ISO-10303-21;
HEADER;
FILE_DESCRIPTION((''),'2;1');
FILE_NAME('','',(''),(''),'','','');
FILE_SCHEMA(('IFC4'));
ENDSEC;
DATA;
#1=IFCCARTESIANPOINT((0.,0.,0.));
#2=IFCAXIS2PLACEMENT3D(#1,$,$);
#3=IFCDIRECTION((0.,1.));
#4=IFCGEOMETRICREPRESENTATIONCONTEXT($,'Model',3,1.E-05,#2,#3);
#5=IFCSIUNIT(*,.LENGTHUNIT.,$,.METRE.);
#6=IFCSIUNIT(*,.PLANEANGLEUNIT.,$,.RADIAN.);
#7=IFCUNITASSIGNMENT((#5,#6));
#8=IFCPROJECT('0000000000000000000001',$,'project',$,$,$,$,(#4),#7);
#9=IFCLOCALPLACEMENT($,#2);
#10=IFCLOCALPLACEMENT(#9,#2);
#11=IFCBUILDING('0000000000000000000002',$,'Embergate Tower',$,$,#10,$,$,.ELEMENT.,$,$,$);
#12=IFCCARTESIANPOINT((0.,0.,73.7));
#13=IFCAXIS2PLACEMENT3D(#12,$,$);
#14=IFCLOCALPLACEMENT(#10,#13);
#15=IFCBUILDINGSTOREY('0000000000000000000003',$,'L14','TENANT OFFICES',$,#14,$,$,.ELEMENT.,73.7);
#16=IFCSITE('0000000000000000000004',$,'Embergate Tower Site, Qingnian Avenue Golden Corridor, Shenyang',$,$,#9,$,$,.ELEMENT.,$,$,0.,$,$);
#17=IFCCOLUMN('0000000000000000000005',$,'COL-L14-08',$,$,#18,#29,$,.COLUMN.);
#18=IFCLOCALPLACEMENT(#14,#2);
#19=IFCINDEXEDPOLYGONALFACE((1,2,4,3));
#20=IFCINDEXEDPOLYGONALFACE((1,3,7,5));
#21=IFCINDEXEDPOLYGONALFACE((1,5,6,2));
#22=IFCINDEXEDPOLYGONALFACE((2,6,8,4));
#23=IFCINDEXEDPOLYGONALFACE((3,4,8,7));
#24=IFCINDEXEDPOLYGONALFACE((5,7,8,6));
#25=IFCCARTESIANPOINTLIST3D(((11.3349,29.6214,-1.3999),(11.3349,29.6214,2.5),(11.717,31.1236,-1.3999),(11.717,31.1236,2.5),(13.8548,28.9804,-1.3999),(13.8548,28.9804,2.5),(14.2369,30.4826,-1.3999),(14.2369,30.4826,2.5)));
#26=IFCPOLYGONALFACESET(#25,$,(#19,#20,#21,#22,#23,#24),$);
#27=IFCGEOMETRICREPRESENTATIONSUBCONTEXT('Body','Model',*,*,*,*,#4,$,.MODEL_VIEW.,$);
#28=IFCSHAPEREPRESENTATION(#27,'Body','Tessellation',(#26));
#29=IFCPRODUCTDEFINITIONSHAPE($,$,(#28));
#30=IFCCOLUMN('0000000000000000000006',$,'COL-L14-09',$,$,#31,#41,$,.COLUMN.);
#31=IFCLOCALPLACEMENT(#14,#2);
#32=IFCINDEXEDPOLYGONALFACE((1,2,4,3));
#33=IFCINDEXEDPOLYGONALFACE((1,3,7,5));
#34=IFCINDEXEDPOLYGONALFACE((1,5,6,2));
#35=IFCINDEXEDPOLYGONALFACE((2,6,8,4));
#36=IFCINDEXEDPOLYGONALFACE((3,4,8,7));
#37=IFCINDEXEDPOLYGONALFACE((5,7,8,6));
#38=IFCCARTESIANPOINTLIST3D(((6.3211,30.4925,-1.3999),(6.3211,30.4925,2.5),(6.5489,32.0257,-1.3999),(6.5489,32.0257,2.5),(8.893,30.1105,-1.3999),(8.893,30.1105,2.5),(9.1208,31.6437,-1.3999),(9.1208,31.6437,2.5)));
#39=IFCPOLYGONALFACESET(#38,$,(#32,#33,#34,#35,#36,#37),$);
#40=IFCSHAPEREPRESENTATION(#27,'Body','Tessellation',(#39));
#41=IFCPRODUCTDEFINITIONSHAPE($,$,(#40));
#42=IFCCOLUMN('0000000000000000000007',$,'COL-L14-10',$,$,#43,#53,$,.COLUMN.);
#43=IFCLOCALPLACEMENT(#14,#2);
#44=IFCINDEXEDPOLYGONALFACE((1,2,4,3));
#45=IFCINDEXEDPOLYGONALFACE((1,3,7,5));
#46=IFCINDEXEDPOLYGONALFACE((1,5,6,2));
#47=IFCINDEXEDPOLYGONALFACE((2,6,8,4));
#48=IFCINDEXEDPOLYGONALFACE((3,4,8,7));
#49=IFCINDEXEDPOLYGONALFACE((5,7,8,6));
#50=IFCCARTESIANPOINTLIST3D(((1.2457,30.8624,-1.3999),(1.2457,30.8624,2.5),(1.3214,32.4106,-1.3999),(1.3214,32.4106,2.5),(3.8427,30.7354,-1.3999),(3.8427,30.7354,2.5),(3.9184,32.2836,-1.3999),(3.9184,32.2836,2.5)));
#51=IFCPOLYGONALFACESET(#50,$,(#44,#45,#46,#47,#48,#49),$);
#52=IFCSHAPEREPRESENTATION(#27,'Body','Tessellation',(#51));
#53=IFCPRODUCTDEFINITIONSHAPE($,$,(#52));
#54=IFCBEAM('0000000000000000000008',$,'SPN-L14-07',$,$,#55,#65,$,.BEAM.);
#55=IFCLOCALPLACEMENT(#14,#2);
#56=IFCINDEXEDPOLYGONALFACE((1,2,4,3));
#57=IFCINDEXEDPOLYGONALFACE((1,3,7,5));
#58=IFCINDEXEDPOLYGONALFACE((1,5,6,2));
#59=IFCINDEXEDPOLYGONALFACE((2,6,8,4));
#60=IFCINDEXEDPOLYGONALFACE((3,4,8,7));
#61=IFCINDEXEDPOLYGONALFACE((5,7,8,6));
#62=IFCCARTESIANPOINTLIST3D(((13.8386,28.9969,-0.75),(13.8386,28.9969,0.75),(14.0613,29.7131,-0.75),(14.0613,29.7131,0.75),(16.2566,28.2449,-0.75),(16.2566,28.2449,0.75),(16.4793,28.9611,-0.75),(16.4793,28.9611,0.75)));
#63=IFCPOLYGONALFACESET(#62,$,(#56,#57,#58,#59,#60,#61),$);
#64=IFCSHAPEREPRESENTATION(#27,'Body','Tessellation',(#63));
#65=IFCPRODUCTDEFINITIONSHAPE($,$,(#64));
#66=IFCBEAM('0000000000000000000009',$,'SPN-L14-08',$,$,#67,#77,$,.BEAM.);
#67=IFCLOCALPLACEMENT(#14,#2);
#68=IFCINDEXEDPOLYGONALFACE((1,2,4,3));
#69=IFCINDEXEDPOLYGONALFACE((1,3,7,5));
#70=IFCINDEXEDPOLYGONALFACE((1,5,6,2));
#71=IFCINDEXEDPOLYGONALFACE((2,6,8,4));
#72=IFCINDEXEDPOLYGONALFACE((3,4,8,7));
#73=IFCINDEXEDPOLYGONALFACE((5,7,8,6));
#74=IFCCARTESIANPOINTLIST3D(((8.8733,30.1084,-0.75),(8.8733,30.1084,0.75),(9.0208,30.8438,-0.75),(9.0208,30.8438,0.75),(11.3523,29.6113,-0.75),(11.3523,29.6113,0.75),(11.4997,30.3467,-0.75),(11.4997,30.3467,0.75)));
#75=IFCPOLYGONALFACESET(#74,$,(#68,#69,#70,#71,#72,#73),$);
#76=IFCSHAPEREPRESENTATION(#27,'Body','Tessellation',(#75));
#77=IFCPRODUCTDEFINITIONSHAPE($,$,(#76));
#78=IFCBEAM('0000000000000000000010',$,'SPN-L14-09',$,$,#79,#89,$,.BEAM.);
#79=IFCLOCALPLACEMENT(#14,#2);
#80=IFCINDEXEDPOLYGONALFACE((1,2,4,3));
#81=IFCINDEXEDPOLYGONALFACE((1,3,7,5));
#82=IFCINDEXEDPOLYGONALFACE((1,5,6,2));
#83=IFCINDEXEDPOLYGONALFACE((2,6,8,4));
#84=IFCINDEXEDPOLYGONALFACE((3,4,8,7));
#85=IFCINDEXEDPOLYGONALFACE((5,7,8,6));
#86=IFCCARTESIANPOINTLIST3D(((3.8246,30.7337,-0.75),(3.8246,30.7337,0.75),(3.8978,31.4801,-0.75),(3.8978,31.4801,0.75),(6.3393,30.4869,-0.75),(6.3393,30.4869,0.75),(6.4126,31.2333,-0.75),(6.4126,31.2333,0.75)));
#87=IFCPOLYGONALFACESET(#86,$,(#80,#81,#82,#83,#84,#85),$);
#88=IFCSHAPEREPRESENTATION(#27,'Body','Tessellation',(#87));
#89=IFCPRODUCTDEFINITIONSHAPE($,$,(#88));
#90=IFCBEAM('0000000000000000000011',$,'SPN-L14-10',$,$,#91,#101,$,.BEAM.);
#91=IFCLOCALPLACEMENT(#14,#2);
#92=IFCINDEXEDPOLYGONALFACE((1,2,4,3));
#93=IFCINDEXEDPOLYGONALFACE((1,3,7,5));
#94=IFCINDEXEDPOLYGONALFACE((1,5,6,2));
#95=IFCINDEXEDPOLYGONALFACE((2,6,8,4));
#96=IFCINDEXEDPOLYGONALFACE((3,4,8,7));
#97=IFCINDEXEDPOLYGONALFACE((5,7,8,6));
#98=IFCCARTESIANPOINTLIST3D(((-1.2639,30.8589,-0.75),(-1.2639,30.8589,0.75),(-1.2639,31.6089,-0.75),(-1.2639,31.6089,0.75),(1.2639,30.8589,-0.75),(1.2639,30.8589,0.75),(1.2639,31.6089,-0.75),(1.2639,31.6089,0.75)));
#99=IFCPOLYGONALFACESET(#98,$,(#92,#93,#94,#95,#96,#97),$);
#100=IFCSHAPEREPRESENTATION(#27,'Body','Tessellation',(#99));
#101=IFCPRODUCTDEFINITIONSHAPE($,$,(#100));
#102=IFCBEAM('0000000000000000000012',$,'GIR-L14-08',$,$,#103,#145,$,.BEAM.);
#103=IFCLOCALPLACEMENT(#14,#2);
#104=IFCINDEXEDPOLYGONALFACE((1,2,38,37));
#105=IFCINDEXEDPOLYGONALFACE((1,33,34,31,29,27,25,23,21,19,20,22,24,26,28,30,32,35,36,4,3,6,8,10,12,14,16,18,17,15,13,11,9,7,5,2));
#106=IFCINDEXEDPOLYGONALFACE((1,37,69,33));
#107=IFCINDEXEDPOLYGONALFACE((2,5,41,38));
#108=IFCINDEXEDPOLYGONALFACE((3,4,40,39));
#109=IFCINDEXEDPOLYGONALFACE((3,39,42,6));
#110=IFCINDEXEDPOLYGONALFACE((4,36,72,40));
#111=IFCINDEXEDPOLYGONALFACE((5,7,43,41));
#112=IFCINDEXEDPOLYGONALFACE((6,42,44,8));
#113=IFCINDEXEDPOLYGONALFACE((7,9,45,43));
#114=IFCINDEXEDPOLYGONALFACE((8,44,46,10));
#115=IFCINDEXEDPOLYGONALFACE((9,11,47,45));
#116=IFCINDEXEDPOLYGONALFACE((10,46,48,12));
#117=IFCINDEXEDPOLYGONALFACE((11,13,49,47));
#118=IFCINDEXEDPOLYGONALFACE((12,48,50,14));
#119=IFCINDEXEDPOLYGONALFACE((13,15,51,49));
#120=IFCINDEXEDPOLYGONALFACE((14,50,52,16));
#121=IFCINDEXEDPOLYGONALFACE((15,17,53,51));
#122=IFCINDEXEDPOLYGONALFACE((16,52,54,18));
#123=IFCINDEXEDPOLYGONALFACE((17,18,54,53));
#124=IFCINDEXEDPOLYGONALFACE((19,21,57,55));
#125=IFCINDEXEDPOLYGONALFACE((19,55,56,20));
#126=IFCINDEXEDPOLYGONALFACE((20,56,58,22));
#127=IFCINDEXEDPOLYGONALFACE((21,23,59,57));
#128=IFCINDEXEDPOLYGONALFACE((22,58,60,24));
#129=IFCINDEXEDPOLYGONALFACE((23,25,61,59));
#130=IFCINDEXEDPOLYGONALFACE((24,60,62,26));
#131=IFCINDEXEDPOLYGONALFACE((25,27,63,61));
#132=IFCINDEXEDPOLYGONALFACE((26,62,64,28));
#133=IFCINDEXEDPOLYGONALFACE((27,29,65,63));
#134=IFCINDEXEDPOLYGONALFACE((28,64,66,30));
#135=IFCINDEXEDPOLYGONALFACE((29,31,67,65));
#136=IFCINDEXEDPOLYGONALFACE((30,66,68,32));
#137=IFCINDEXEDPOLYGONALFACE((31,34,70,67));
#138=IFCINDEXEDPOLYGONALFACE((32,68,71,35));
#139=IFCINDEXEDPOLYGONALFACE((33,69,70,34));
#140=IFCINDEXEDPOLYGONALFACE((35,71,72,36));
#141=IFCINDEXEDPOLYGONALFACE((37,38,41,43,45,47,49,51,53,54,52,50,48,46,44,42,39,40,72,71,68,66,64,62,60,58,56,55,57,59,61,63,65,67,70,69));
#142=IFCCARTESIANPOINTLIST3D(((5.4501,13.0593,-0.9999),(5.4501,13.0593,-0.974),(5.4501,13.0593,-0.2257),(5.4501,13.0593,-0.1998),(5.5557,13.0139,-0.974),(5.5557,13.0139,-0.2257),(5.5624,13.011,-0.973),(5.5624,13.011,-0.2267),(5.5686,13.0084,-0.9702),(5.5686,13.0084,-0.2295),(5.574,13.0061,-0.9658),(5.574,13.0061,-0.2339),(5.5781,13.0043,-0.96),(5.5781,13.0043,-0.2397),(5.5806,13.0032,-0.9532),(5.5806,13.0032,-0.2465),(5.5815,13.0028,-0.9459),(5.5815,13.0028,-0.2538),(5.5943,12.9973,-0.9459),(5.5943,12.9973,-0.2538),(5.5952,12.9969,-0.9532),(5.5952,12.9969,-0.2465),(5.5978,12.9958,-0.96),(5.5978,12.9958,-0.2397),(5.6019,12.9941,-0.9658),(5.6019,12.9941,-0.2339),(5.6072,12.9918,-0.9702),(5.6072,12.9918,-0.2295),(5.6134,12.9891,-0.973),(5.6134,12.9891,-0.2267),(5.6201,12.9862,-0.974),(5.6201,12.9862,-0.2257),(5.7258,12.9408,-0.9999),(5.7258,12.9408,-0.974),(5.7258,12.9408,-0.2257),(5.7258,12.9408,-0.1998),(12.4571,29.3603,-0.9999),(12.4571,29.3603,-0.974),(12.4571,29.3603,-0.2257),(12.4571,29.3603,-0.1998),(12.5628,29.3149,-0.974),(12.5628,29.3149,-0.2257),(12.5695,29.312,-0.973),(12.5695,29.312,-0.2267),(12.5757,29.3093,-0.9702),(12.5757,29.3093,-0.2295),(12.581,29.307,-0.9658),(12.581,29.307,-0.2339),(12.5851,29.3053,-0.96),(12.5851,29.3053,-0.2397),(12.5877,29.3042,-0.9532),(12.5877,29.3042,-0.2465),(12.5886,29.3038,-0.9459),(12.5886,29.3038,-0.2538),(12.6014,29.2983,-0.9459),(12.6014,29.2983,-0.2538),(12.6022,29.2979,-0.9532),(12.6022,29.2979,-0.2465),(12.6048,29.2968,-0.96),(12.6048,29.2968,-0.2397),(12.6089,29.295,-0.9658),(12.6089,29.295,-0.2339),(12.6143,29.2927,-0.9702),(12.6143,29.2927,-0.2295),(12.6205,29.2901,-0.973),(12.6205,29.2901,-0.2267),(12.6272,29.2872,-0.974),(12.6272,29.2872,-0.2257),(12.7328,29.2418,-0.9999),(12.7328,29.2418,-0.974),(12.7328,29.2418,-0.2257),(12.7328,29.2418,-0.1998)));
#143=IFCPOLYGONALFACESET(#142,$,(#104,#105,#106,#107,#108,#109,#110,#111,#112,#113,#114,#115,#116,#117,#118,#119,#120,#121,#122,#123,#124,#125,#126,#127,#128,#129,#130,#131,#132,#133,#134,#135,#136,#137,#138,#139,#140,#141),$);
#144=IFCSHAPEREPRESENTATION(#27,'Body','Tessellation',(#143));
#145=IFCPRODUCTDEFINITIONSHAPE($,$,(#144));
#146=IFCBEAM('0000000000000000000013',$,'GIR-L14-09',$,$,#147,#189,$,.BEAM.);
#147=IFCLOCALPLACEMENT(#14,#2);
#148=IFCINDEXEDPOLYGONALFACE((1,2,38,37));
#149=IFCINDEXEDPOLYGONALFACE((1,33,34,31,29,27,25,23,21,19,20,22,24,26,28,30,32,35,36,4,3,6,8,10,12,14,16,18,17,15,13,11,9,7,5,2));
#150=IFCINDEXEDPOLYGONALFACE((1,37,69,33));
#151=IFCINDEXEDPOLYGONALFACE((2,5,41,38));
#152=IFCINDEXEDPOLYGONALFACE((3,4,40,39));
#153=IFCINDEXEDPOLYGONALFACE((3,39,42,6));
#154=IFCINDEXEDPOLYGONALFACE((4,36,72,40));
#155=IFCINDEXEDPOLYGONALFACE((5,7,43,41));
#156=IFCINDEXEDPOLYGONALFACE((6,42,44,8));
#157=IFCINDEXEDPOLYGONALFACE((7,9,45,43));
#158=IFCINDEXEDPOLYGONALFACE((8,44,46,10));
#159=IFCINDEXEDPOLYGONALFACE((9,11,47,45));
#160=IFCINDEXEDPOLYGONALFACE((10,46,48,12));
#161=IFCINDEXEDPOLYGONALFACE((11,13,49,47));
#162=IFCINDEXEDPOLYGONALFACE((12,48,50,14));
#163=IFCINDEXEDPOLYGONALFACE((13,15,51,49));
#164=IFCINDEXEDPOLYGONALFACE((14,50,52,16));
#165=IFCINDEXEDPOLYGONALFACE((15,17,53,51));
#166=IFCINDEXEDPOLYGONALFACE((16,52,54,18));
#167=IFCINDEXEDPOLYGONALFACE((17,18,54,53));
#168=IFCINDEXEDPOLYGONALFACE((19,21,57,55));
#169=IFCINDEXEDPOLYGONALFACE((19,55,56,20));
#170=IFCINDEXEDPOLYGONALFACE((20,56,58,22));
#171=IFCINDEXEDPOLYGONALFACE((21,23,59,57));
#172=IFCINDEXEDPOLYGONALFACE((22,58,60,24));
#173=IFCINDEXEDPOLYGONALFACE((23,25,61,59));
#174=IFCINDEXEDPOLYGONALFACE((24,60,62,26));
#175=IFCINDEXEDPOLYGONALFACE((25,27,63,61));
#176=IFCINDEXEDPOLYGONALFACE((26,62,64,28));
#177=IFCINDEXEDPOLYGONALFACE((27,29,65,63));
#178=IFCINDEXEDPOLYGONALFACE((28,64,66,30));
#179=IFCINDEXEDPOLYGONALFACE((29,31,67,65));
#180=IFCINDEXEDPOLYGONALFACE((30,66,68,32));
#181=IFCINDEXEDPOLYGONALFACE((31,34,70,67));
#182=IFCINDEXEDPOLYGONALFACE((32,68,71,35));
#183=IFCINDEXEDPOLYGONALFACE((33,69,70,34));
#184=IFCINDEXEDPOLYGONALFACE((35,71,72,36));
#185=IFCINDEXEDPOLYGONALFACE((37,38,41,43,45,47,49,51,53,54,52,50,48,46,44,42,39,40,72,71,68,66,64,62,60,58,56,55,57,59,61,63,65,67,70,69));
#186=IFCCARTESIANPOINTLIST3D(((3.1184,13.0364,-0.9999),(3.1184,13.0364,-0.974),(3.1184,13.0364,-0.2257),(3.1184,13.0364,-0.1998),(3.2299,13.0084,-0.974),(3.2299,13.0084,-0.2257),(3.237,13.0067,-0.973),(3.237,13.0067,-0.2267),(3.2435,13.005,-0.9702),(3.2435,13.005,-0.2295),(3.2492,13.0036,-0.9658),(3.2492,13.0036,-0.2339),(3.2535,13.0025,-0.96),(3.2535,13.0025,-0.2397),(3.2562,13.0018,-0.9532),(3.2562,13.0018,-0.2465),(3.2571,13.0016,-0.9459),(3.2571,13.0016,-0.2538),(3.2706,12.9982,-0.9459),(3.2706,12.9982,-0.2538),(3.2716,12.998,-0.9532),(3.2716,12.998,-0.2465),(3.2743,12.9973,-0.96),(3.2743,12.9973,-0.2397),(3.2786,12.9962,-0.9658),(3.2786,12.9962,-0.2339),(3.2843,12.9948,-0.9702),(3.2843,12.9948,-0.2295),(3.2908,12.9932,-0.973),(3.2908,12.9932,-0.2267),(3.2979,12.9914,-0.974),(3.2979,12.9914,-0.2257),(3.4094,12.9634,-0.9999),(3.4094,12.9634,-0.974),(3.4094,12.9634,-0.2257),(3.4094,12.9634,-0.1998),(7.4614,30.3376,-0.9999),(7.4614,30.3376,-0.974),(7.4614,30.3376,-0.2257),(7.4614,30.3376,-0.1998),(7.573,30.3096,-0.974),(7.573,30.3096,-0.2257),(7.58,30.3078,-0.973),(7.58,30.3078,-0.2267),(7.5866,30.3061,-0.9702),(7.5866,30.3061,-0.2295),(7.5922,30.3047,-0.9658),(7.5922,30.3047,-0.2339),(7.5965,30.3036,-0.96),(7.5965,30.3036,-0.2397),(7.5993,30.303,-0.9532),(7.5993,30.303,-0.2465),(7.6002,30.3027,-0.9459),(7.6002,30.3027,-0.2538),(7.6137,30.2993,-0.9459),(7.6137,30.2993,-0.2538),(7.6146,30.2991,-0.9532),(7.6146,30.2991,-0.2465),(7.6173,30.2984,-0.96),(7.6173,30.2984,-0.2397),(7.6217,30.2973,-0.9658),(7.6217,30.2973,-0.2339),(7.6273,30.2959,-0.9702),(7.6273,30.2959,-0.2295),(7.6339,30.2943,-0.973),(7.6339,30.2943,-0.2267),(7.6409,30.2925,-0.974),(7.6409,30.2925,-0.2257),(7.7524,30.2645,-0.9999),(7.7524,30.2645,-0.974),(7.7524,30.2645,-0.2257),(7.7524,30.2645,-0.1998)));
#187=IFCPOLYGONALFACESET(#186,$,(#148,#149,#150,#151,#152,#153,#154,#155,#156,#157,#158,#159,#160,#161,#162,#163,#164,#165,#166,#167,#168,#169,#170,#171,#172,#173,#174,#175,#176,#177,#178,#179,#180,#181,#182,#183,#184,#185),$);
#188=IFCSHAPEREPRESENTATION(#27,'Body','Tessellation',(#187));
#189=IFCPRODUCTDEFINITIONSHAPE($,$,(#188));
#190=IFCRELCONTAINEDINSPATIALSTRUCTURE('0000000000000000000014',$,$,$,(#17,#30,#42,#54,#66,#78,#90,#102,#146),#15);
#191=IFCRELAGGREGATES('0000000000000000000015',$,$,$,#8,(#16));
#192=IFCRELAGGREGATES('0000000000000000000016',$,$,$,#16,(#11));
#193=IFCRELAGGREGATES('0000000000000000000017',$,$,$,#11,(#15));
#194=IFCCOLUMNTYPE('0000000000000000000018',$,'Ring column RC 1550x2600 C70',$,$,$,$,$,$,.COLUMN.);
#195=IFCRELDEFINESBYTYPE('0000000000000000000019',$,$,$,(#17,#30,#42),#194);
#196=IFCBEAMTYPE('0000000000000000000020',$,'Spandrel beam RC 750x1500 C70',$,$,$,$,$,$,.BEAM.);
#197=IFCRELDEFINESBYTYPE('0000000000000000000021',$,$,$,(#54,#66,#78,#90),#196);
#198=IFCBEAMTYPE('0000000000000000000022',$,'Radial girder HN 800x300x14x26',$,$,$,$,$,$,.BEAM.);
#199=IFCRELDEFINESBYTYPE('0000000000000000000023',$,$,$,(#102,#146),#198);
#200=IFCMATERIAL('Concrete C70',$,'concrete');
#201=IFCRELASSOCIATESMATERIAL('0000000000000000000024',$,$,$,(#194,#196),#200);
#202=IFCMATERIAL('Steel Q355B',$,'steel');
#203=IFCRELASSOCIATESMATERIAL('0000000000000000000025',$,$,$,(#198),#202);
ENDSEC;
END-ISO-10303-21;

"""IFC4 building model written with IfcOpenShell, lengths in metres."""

from ifc_helpers import new_model, si_unit, direction, frame, origin, origin_2d, place, context, subcontext, project, spatial, rectangle, i_section, extrude, source, transform, mapped, material, material_profile, profile_set, type_object, element, save


model = new_model("IFC4")

# Units and contexts
model_context = context("Model", 3, precision=1e-05, world=origin(), true_north=direction((0.0, 1.0)))
body_context = subcontext(model_context, "Body", "Model", "MODEL_VIEW")
ifc_project = project(units=[si_unit("LENGTHUNIT", "METRE"), si_unit("PLANEANGLEUNIT", "RADIAN")], contexts=[model_context])

# Site, building, storey
site_placement = place(None, origin())
site = spatial("IfcSite", under=ifc_project, at=site_placement, Name="Embergate Tower Site, Qingnian Avenue Golden Corridor, Shenyang", CompositionType="ELEMENT", RefElevation=0.0)
building_placement = place(site_placement, origin())
building = spatial("IfcBuilding", under=site, at=building_placement, Name="Embergate Tower", CompositionType="ELEMENT")
storey_placement = place(building_placement, frame((0.0, 0.0, 73.7)))
storey = spatial("IfcBuildingStorey", under=building, at=storey_placement, Name="L14", Description="TENANT OFFICES", CompositionType="ELEMENT", Elevation=73.7)

# Columns
ifc_material_1 = material(Name="Concrete C70", Category="concrete")
ifc_material_profile_1 = material_profile(ifc_material_1, rectangle(XDim=1.55, YDim=2.6001, at=origin_2d()), Name="RC 1550x2600")
ifc_profile_set_1 = profile_set([ifc_material_profile_1], Name="Concrete C70")
column_type = type_object("IfcColumnType", Name="Ring column RC 1550x2600 C70", PredefinedType="COLUMN", material=ifc_profile_set_1)
shared_shape_1 = source(origin(), body_context, "Body", "SweptSolid", [
    extrude(rectangle(XDim=1.55, YDim=2.6001, at=origin_2d()), origin(), (0.0, 0.0, 1.0), 3.8999),
])
for number, where, z_axis, x_axis, name in (
    (1, (12.7859, 30.052, -1.3999), (0.0, 0.0, 1.0), (0.246509, 0.969141, 0.0), "COL-L14-08"),
    (2, (7.7209, 31.0681, -1.3999), (0.0, 0.0, 1.0), (0.146929, 0.989147, 0.0), "COL-L14-09"),
    (3, (2.582, 31.573, -1.3999), (0.0, 0.0, 1.0), (0.048815, 0.998808, 0.0), "COL-L14-10"),
):
    element("IfcColumn", number, at=place(storey_placement, frame(where, z_axis=z_axis, x_axis=x_axis)), inside=storey, type_object=column_type, Name=name, PredefinedType="COLUMN", context=body_context, shape_type="MappedRepresentation", body=[
        mapped(shared_shape_1, transform((0.0, 0.0, 0.0))),
    ])

# Beams
ifc_material_profile_2 = material_profile(ifc_material_1, rectangle(XDim=0.75, YDim=1.5, at=origin_2d()), Name="RC 750x1500")
ifc_profile_set_2 = profile_set([ifc_material_profile_2], Name="Concrete C70")
beam_type_1 = type_object("IfcBeamType", Name="Spandrel beam RC 750x1500 C70", PredefinedType="BEAM", material=ifc_profile_set_2)
shared_shape_2 = source(origin(), body_context, "Body", "SweptSolid", [
    extrude(rectangle(XDim=0.75, YDim=1.5, at=origin_2d()), origin(), (0.0, 0.0, 1.0), 2.5322),
])
beam_1_placement = place(storey_placement, frame((16.3679, 28.603, 0.0), z_axis=(-0.954891, 0.296957, 0.0), x_axis=(-0.296957, -0.954891, 0.0)))
element("IfcBeam", 4, at=beam_1_placement, inside=storey, type_object=beam_type_1, Name="SPN-L14-07", PredefinedType="BEAM", context=body_context, shape_type="MappedRepresentation", body=[
    mapped(shared_shape_2, transform((0.0, 0.0, 0.0))),
])
shared_shape_3 = source(origin(), body_context, "Body", "SweptSolid", [
    extrude(rectangle(XDim=0.75, YDim=1.5, at=origin_2d()), origin(), (0.0, 0.0, 1.0), 2.5283),
])
beam_2_placement = place(storey_placement, frame((11.426, 29.979, 0.0), z_axis=(-0.980484, 0.196599, 0.0), x_axis=(-0.196599, -0.980484, 0.0)))
element("IfcBeam", 5, at=beam_2_placement, inside=storey, type_object=beam_type_1, Name="SPN-L14-08", PredefinedType="BEAM", context=body_context, shape_type="MappedRepresentation", body=[
    mapped(shared_shape_3, transform((0.0, 0.0, 0.0))),
])
shared_shape_4 = source(origin(), body_context, "Body", "SweptSolid", [
    extrude(rectangle(XDim=0.75, YDim=1.5, at=origin_2d()), origin(), (0.0, 0.0, 1.0), 2.5269),
])
beam_3_placement = place(storey_placement, frame((6.376, 30.8601, 0.0), z_axis=(-0.995218, 0.097676, 0.0), x_axis=(-0.097676, -0.995218, 0.0)))
element("IfcBeam", 6, at=beam_3_placement, inside=storey, type_object=beam_type_1, Name="SPN-L14-09", PredefinedType="BEAM", context=body_context, shape_type="MappedRepresentation", body=[
    mapped(shared_shape_4, transform((0.0, 0.0, 0.0))),
])
shared_shape_5 = source(origin(), body_context, "Body", "SweptSolid", [
    extrude(rectangle(XDim=0.75, YDim=1.5, at=origin_2d()), origin(), (0.0, 0.0, 1.0), 2.5278),
])
beam_4_placement = place(storey_placement, frame((1.2639, 31.2339, 0.0), z_axis=(-1.0, 0.0, 0.0), x_axis=(0.0, -1.0, 0.0)))
element("IfcBeam", 7, at=beam_4_placement, inside=storey, type_object=beam_type_1, Name="SPN-L14-10", PredefinedType="BEAM", context=body_context, shape_type="MappedRepresentation", body=[
    mapped(shared_shape_5, transform((0.0, 0.0, 0.0))),
])
ifc_material_2 = material(Name="Steel Q355B", Category="steel")
ifc_material_profile_3 = material_profile(ifc_material_2, i_section(OverallWidth=0.3, OverallDepth=0.8, WebThickness=0.0139, FlangeThickness=0.0259, FilletRadius=0.0281, at=origin_2d()), Name="HN 800x300x14x26")
ifc_profile_set_3 = profile_set([ifc_material_profile_3], Name="Steel Q355 grade B")
beam_type_2 = type_object("IfcBeamType", Name="Radial girder HN 800x300x14x26", PredefinedType="BEAM", material=ifc_profile_set_3)
shared_shape_6 = source(origin(), body_context, "Body", "SweptSolid", [
    extrude(i_section(OverallWidth=0.3, OverallDepth=0.8, WebThickness=0.0139, FlangeThickness=0.0259, FilletRadius=0.0281, at=origin_2d()), origin(), (0.0, 0.0, 1.0), 17.7432),
])
beam_5_placement = place(storey_placement, frame((12.595, 29.301, -0.5999), z_axis=(-0.394915, -0.918717, 0.0), x_axis=(0.918717, -0.394915, 0.0)))
element("IfcBeam", 8, at=beam_5_placement, inside=storey, type_object=beam_type_2, Name="GIR-L14-08", PredefinedType="BEAM", context=body_context, shape_type="MappedRepresentation", body=[
    mapped(shared_shape_6, transform((0.0, 0.0, 0.0))),
])
shared_shape_7 = source(origin(), body_context, "Body", "SweptSolid", [
    extrude(i_section(OverallWidth=0.3, OverallDepth=0.8, WebThickness=0.0139, FlangeThickness=0.0259, FilletRadius=0.0281, at=origin_2d()), origin(), (0.0, 0.0, 1.0), 17.8379),
])
beam_6_placement = place(storey_placement, frame((7.6069, 30.301, -0.5999), z_axis=(-0.243473, -0.969908, 0.0), x_axis=(0.969908, -0.243473, 0.0)))
element("IfcBeam", 9, at=beam_6_placement, inside=storey, type_object=beam_type_2, Name="GIR-L14-09", PredefinedType="BEAM", context=body_context, shape_type="MappedRepresentation", body=[
    mapped(shared_shape_7, transform((0.0, 0.0, 0.0))),
])

save(model, "model.ifc")
